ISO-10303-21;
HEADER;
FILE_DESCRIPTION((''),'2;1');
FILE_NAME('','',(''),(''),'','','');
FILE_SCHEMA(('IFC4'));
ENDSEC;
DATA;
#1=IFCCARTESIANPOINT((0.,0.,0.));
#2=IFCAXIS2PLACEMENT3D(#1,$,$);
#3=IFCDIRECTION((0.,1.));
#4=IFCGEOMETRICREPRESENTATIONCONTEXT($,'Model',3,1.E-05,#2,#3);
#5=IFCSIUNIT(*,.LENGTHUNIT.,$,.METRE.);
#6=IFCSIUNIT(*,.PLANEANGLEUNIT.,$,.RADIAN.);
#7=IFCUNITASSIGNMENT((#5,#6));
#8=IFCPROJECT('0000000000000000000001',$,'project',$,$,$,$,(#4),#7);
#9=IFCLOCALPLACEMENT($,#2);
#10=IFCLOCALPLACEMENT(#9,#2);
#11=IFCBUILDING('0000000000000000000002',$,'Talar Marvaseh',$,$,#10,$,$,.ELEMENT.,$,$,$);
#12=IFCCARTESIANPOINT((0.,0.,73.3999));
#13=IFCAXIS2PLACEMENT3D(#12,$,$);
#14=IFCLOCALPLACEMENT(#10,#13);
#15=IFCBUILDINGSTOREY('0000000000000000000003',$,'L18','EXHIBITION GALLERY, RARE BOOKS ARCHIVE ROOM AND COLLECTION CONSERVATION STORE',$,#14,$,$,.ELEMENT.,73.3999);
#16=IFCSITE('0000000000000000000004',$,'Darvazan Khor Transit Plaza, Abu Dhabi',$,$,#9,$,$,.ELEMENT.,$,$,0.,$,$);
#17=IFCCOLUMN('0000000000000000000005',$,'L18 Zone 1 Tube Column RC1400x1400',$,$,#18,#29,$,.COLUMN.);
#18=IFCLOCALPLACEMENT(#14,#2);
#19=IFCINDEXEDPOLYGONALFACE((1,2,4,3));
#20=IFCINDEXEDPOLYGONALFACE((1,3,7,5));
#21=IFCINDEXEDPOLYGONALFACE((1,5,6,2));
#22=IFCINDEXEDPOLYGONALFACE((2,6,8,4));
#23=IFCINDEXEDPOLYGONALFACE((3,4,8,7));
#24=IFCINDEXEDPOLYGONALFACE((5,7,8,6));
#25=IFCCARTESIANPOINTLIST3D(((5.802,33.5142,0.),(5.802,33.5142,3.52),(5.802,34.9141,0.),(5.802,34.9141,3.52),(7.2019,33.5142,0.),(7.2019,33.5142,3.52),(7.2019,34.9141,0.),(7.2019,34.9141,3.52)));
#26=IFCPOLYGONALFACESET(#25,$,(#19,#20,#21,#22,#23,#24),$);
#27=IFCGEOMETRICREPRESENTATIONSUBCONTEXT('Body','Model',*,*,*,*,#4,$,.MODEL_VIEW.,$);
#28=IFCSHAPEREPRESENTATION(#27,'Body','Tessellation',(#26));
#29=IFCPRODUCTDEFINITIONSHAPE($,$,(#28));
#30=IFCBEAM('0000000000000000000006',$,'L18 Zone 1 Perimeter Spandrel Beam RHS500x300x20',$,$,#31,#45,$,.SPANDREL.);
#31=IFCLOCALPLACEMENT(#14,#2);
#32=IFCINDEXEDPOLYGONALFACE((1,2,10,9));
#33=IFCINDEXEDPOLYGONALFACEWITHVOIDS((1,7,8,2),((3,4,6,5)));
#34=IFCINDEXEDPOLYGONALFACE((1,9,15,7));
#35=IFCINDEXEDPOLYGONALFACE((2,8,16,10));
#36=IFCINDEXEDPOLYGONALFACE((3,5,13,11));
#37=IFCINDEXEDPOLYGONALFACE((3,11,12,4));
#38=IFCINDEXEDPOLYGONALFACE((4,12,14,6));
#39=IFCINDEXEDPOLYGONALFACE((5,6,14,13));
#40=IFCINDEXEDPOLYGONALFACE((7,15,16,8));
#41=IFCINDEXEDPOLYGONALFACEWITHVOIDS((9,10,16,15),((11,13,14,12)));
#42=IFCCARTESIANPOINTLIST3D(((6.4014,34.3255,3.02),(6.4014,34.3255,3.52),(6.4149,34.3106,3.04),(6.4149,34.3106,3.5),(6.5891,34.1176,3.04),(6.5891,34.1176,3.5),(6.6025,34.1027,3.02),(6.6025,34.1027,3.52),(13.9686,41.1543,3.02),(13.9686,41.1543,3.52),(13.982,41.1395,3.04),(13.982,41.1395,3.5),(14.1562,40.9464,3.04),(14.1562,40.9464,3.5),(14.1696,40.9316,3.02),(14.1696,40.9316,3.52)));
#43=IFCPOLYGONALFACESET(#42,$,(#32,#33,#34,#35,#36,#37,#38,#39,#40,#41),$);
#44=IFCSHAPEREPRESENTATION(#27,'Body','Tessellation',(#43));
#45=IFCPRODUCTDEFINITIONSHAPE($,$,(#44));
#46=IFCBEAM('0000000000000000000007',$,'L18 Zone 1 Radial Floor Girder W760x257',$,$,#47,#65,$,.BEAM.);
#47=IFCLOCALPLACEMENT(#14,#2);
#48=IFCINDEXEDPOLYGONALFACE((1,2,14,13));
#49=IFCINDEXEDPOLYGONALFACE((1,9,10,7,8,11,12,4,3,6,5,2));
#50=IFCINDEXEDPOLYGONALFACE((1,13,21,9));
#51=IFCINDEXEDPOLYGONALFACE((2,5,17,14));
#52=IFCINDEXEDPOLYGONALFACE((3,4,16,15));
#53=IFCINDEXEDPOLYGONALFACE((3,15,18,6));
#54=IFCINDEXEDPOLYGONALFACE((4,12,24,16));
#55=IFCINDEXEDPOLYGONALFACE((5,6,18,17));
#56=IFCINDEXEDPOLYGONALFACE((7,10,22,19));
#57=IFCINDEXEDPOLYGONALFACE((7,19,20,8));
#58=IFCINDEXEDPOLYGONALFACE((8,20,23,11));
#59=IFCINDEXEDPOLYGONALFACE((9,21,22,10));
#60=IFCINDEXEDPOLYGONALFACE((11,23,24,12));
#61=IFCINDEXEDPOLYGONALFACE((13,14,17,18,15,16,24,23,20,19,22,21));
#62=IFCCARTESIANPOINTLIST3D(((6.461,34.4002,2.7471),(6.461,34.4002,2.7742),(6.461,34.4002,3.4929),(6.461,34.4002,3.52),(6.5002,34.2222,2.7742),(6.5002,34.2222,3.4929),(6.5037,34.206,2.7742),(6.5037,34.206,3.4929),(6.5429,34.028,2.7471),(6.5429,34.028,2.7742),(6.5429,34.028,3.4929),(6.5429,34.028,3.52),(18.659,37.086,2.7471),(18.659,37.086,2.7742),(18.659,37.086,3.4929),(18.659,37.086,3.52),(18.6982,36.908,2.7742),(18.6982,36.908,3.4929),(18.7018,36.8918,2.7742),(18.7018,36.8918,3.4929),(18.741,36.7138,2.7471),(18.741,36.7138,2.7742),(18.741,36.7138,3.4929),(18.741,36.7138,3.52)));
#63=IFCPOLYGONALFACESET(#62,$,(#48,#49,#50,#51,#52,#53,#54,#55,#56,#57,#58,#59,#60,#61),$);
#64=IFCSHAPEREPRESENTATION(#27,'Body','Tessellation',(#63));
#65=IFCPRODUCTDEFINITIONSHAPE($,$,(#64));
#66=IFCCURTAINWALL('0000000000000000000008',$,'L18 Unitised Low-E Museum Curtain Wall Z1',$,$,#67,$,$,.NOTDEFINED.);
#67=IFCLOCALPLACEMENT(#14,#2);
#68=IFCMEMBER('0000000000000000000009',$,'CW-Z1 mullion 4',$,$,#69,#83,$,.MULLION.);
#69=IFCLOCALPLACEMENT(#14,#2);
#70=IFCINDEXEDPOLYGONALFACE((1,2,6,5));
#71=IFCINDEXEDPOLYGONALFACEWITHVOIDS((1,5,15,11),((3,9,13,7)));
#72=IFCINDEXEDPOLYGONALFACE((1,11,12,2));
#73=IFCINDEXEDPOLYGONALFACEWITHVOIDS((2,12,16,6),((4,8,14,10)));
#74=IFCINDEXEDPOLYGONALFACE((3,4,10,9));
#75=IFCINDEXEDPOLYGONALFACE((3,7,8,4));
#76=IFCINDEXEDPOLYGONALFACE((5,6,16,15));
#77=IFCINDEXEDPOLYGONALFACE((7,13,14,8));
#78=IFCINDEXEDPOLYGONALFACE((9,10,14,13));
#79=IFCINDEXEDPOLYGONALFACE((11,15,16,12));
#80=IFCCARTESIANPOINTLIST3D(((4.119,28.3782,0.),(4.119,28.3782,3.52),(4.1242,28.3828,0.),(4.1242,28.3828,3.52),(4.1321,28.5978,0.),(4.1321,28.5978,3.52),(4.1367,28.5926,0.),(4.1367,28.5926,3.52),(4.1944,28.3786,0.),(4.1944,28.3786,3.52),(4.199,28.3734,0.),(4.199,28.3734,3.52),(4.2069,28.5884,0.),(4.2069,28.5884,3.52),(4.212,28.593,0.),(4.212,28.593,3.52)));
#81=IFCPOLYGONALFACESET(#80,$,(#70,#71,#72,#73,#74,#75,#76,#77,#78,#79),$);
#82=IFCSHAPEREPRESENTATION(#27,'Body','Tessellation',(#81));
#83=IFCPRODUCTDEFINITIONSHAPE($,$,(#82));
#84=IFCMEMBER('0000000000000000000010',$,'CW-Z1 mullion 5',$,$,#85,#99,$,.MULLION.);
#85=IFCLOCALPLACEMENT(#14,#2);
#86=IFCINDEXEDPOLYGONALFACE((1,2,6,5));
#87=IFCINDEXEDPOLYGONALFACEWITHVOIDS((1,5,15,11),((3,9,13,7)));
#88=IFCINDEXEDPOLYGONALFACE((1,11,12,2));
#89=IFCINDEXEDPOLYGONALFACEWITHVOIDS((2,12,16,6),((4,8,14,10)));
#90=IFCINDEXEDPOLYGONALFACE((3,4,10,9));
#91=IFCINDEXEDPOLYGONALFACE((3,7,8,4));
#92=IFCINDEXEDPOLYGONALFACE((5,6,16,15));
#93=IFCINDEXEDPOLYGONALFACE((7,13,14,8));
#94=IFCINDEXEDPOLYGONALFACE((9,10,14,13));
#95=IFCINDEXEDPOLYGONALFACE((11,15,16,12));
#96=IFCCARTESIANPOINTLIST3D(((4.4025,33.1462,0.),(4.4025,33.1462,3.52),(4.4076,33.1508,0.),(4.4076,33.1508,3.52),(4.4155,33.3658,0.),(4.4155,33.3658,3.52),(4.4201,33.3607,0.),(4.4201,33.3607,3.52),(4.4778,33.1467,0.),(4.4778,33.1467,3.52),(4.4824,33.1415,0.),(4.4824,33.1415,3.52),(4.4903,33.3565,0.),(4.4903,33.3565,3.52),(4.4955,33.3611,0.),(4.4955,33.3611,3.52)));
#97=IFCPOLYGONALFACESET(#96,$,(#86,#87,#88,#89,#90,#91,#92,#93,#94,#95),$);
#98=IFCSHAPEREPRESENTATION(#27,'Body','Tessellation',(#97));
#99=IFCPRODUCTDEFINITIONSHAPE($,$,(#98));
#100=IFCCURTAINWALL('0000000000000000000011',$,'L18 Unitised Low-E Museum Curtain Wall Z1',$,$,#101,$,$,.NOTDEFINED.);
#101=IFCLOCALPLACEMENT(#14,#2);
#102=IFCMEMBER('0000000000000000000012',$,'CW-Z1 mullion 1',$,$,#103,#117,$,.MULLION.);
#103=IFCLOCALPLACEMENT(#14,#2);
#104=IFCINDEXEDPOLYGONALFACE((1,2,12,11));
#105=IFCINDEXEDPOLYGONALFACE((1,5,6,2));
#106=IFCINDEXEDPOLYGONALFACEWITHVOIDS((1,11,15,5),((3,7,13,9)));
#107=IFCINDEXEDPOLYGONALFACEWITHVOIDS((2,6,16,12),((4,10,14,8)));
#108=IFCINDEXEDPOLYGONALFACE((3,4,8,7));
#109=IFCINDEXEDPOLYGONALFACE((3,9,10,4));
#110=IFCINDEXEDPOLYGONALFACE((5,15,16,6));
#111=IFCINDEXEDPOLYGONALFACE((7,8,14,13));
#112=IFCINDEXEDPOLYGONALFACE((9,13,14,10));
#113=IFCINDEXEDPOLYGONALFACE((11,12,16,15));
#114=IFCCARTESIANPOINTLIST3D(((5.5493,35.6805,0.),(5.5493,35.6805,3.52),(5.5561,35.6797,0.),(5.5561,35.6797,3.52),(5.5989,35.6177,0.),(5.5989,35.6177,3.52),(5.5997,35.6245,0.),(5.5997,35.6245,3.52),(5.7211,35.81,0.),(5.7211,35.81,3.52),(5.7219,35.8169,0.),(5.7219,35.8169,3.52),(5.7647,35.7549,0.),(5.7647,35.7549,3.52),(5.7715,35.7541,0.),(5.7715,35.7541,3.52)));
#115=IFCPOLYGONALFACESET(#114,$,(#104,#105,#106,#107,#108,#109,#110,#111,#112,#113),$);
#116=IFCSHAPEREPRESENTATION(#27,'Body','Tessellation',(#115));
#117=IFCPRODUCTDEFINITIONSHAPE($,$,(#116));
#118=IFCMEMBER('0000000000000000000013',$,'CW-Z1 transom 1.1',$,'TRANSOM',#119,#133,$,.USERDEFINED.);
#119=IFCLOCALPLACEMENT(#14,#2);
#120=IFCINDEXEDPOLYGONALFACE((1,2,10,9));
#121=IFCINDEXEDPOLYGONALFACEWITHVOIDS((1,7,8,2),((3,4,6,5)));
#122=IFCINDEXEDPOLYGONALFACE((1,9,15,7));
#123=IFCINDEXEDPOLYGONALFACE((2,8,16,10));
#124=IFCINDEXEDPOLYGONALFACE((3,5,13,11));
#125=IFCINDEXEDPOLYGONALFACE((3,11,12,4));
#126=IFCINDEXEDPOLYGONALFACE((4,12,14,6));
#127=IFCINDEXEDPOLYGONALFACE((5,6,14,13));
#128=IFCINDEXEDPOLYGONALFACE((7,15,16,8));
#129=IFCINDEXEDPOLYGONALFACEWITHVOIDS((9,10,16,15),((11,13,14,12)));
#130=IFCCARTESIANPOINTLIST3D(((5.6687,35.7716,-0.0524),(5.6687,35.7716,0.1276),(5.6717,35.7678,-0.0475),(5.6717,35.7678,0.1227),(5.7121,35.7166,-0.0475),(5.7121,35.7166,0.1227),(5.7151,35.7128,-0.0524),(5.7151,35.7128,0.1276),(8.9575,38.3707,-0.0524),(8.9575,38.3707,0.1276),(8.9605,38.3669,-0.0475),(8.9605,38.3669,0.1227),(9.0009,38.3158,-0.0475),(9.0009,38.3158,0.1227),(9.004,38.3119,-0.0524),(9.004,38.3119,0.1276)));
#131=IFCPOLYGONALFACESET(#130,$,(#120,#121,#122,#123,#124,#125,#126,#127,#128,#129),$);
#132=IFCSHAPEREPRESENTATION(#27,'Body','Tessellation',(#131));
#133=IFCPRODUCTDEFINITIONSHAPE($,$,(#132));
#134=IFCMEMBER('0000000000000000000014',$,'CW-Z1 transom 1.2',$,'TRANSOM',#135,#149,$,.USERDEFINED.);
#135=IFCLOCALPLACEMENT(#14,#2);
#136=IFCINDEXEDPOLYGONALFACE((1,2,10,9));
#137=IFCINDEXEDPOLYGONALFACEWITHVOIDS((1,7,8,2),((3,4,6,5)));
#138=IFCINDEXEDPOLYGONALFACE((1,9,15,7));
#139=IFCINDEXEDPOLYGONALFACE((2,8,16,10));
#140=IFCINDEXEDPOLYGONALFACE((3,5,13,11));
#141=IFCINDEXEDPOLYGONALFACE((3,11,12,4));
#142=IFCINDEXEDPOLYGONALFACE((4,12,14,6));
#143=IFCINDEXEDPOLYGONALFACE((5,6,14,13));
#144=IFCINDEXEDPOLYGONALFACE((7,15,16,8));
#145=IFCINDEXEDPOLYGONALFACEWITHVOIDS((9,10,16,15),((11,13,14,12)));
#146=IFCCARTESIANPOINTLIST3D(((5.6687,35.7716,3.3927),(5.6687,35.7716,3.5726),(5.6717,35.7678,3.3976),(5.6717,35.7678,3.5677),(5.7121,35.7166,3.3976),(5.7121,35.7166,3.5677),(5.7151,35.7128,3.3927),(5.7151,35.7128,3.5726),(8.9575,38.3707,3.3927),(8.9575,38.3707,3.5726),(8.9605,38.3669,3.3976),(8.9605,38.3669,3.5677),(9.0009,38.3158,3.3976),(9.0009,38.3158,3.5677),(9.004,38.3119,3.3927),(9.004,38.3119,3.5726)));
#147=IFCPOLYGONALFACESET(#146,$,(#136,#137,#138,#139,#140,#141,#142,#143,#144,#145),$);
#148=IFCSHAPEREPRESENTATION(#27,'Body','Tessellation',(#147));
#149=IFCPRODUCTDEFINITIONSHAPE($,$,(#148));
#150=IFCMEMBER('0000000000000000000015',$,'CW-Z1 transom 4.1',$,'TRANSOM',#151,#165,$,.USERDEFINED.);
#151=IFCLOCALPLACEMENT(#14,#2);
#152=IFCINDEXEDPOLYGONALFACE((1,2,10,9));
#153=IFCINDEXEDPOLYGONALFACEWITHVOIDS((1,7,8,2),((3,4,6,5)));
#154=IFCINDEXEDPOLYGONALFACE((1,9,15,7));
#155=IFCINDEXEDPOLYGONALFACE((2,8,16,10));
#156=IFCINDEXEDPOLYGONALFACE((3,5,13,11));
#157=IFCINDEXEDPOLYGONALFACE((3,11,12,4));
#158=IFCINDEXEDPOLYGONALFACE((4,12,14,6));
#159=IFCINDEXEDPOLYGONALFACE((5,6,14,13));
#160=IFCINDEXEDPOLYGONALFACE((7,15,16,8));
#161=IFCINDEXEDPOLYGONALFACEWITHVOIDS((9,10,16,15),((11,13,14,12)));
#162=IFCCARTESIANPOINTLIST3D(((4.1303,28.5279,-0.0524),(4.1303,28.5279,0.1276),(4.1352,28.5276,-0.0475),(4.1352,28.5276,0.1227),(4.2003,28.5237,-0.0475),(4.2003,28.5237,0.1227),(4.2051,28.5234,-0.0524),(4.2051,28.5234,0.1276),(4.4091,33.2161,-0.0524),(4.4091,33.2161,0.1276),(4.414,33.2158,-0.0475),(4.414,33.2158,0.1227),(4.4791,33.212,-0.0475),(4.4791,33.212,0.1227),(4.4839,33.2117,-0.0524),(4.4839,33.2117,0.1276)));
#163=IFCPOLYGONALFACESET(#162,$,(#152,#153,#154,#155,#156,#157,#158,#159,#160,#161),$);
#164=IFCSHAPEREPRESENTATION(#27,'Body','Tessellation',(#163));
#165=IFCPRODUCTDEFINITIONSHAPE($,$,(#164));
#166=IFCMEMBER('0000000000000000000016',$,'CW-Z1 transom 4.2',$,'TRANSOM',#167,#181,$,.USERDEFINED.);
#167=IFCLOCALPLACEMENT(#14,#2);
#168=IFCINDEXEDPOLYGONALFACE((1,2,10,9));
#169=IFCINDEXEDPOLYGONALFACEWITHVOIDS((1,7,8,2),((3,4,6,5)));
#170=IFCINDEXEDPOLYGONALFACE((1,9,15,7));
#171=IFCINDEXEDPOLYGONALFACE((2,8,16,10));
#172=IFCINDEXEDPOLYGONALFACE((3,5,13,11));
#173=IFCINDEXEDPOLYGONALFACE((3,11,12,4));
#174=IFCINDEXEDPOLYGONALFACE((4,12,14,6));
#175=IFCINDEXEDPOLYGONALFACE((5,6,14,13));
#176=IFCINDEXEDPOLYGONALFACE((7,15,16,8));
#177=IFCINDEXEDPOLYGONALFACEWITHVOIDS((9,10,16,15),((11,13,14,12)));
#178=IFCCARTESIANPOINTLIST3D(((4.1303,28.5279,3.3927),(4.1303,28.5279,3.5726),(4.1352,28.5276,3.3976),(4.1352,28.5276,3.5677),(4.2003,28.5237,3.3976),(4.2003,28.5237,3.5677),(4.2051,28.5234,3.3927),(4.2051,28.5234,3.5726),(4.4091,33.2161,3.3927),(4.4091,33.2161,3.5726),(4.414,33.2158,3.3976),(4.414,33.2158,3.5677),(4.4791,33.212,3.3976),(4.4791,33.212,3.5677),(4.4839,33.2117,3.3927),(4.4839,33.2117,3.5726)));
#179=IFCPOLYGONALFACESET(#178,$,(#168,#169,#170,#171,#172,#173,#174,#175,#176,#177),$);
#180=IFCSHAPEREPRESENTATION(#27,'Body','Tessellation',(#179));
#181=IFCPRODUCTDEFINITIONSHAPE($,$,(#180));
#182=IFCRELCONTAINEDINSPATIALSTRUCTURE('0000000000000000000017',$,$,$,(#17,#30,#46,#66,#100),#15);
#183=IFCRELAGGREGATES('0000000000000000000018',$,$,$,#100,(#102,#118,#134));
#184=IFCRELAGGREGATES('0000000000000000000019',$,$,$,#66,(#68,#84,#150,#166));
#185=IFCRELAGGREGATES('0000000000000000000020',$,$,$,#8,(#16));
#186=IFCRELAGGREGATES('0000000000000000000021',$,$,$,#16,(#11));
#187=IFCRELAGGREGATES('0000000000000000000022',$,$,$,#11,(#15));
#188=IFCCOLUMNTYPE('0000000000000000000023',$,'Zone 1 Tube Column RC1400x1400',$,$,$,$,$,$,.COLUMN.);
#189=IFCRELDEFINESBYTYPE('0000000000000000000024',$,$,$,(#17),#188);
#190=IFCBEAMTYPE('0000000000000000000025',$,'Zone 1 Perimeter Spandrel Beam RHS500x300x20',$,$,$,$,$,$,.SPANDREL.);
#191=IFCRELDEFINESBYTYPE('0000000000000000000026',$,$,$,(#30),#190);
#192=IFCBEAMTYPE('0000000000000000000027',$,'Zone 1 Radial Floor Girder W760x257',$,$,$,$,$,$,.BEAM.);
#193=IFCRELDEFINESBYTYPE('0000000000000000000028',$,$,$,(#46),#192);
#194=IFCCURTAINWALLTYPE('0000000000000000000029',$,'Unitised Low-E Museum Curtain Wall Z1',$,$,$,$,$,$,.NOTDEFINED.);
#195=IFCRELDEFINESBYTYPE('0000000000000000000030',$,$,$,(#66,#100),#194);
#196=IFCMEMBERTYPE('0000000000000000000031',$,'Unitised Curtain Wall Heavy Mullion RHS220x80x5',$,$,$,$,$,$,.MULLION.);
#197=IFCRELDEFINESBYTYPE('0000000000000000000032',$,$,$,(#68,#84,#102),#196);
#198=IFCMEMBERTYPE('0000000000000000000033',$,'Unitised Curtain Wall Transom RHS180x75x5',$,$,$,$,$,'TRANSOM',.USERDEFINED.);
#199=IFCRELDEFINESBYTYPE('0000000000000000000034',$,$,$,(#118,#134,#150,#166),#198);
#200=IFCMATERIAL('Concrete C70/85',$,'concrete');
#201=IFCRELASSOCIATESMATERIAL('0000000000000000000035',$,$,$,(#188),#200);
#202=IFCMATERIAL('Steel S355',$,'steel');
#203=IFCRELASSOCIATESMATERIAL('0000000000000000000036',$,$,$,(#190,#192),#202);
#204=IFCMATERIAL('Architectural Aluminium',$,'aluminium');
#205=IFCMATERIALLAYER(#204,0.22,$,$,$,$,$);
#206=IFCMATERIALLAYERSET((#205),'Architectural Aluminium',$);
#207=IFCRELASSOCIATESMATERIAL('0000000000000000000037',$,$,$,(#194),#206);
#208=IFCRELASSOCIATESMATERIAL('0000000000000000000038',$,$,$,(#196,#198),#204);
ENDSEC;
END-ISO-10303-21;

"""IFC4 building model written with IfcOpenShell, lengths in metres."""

from ifc_helpers import new_model, si_unit, direction, frame, origin, origin_2d, place, context, subcontext, project, spatial, rectangle, hollow_rectangle, i_section, extrude, source, transform, mapped, material, layer, layer_set, material_profile, profile_set, type_object, type_shapes, element, aggregate, save


model = new_model("IFC4")

# Units and contexts
model_context = context("Model", 3, precision=1e-05, world=origin(), true_north=direction((0.0, 1.0)))
body_context = subcontext(model_context, "Body", "Model", "MODEL_VIEW")
ifc_project = project(units=[si_unit("LENGTHUNIT", "METRE"), si_unit("PLANEANGLEUNIT", "RADIAN")], contexts=[model_context])

# Site, building, storey
site_placement = place(None, origin())
site = spatial("IfcSite", under=ifc_project, at=site_placement, Name="Darvazan Khor Transit Plaza, Abu Dhabi", CompositionType="ELEMENT", RefElevation=0.0)
building_placement = place(site_placement, origin())
building = spatial("IfcBuilding", under=site, at=building_placement, Name="Talar Marvaseh", CompositionType="ELEMENT")
storey_placement = place(building_placement, frame((0.0, 0.0, 73.3999)))
storey = spatial("IfcBuildingStorey", under=building, at=storey_placement, Name="L18", Description="EXHIBITION GALLERY, RARE BOOKS ARCHIVE ROOM AND COLLECTION CONSERVATION STORE", CompositionType="ELEMENT", Elevation=73.3999)

# Column
ifc_material_1 = material(Name="Concrete C70/85", Category="concrete")
ifc_material_profile_1 = material_profile(ifc_material_1, rectangle(XDim=1.3999, YDim=1.3999, at=origin_2d()), Name="RC1400x1400")
ifc_profile_set_1 = profile_set([ifc_material_profile_1], Name="Concrete C70/85")
column_type = type_object("IfcColumnType", Name="Zone 1 Tube Column RC1400x1400", PredefinedType="COLUMN", material=ifc_profile_set_1)
column_placement = place(storey_placement, frame((6.502, 34.2141, 0.0), z_axis=(0.0, 0.0, 1.0), x_axis=(1.0, 0.0, 0.0)))
element("IfcColumn", 1, at=column_placement, inside=storey, type_object=column_type, Name="L18 Zone 1 Tube Column RC1400x1400", PredefinedType="COLUMN", context=body_context, shape_type="SweptSolid", body=[
    extrude(rectangle(XDim=1.3999, YDim=1.3999, at=origin_2d()), origin(), (0.0, 0.0, 1.0), 3.52),
])

# Beams
ifc_material_2 = material(Name="Steel S355", Category="steel")
ifc_material_profile_2 = material_profile(ifc_material_2, hollow_rectangle(XDim=0.3, YDim=0.5, WallThickness=0.02, at=origin_2d()), Name="RHS500x300x20")
ifc_profile_set_2 = profile_set([ifc_material_profile_2], Name="Steel S355")
beam_type_1 = type_object("IfcBeamType", Name="Zone 1 Perimeter Spandrel Beam RHS500x300x20", PredefinedType="SPANDREL", material=ifc_profile_set_2)
beam_1_placement = place(storey_placement, frame((6.502, 34.2141, 3.27), z_axis=(0.742394, 0.669963, 0.0), x_axis=(-0.669963, 0.742394, 0.0)))
element("IfcBeam", 2, at=beam_1_placement, inside=storey, type_object=beam_type_1, Name="L18 Zone 1 Perimeter Spandrel Beam RHS500x300x20", PredefinedType="SPANDREL", context=body_context, shape_type="SweptSolid", body=[
    extrude(hollow_rectangle(XDim=0.3, YDim=0.5, WallThickness=0.02, at=origin_2d()), origin(), (0.0, 0.0, 1.0), 10.1929),
])
ifc_material_profile_3 = material_profile(ifc_material_2, i_section(OverallWidth=0.3811, OverallDepth=0.7729, WebThickness=0.0166, FlangeThickness=0.0271, at=origin_2d()), Name="W760x257")
ifc_profile_set_3 = profile_set([ifc_material_profile_3], Name="Steel S355")
beam_type_2 = type_object("IfcBeamType", Name="Zone 1 Radial Floor Girder W760x257", PredefinedType="BEAM", material=ifc_profile_set_3)
beam_2_placement = place(storey_placement, frame((6.502, 34.2141, 3.1335), z_axis=(0.976607, 0.215032, 0.0), x_axis=(-0.215032, 0.976607, 0.0)))
element("IfcBeam", 3, at=beam_2_placement, inside=storey, type_object=beam_type_2, Name="L18 Zone 1 Radial Floor Girder W760x257", PredefinedType="BEAM", context=body_context, shape_type="SweptSolid", body=[
    extrude(i_section(OverallWidth=0.3811, OverallDepth=0.7729, WebThickness=0.0166, FlangeThickness=0.0271, at=origin_2d()), origin(), (0.0, 0.0, 1.0), 12.4902),
])

# Curtain walls, members
ifc_material_3 = material(Name="Architectural Aluminium", Category="aluminium")
ifc_layer_1 = layer(ifc_material_3, 0.22)
ifc_layer_set_1 = layer_set([ifc_layer_1], Name="Architectural Aluminium")
curtain_wall_type = type_object("IfcCurtainWallType", Name="Unitised Low-E Museum Curtain Wall Z1", PredefinedType="NOTDEFINED", material=ifc_layer_set_1)
curtain_wall_1_placement = place(storey_placement, origin())
curtain_wall_1 = element("IfcCurtainWall", 4, at=curtain_wall_1_placement, inside=storey, type_object=curtain_wall_type, Name="L18 Unitised Low-E Museum Curtain Wall Z1", PredefinedType="NOTDEFINED")
ifc_material_profile_4 = material_profile(ifc_material_3, hollow_rectangle(XDim=0.0801, YDim=0.22, WallThickness=0.0049, at=origin_2d()), Name="RHS220x80x5")
ifc_profile_set_4 = profile_set([ifc_material_profile_4], Name="Architectural Aluminium")
member_type_1 = type_object("IfcMemberType", Name="Unitised Curtain Wall Heavy Mullion RHS220x80x5", PredefinedType="MULLION", material=ifc_profile_set_4)
shared_shape_1 = source(origin(), body_context, "Body", "SweptSolid", [
    extrude(hollow_rectangle(XDim=0.0801, YDim=0.22, WallThickness=0.0049, at=origin_2d()), origin(), (0.0, 0.0, 1.0), 3.52),
])
type_shapes(member_type_1, [shared_shape_1])
member_1_placement = place(storey_placement, frame((4.1655, 28.4856, 0.0), z_axis=(0.0, 0.0, 1.0), x_axis=(-0.998236, 0.059373, 0.0)))
member_1 = element("IfcMember", 5, at=member_1_placement, type_object=member_type_1, Name="CW-Z1 mullion 4", PredefinedType="MULLION", context=body_context, shape_type="MappedRepresentation", body=[
    mapped(shared_shape_1, transform((0.0, 0.0, 0.0), x_axis=(1.0, 0.0, 0.0), y_axis=(0.0, 1.0, 0.0), z_axis=(0.0, 0.0, 1.0), scale=1.0)),
])
member_2_placement = place(storey_placement, frame((4.449, 33.2537, 0.0), z_axis=(0.0, 0.0, 1.0), x_axis=(-0.998236, 0.059373, 0.0)))
member_2 = element("IfcMember", 6, at=member_2_placement, type_object=member_type_1, Name="CW-Z1 mullion 5", PredefinedType="MULLION", context=body_context, shape_type="MappedRepresentation", body=[
    mapped(shared_shape_1, transform((0.0, 0.0, 0.0), x_axis=(1.0, 0.0, 0.0), y_axis=(0.0, 1.0, 0.0), z_axis=(0.0, 0.0, 1.0), scale=1.0)),
])
curtain_wall_2_placement = place(storey_placement, origin())
curtain_wall_2 = element("IfcCurtainWall", 7, at=curtain_wall_2_placement, inside=storey, type_object=curtain_wall_type, Name="L18 Unitised Low-E Museum Curtain Wall Z1", PredefinedType="NOTDEFINED")
member_3_placement = place(storey_placement, frame((5.6604, 35.7173, 0.0), z_axis=(0.0, 0.0, 1.0), x_axis=(-0.620022, 0.784584, 0.0)))
member_3 = element("IfcMember", 8, at=member_3_placement, type_object=member_type_1, Name="CW-Z1 mullion 1", PredefinedType="MULLION", context=body_context, shape_type="MappedRepresentation", body=[
    mapped(shared_shape_1, transform((0.0, 0.0, 0.0), x_axis=(1.0, 0.0, 0.0), y_axis=(0.0, 1.0, 0.0), z_axis=(0.0, 0.0, 1.0), scale=1.0)),
])
ifc_material_profile_5 = material_profile(ifc_material_3, hollow_rectangle(XDim=0.075, YDim=0.1799, WallThickness=0.0049, at=origin_2d()), Name="RHS180x75x5")
ifc_profile_set_5 = profile_set([ifc_material_profile_5], Name="Architectural Aluminium")
member_type_2 = type_object("IfcMemberType", Name="Unitised Curtain Wall Transom RHS180x75x5", ElementType="TRANSOM", PredefinedType="USERDEFINED", material=ifc_profile_set_5)
shared_shape_2 = source(origin(), body_context, "Body", "SweptSolid", [
    extrude(hollow_rectangle(XDim=0.075, YDim=0.1799, WallThickness=0.0049, at=origin_2d()), origin(), (0.0, 0.0, 1.0), 4.1919),
])
member_4_placement = place(storey_placement, frame((5.6919, 35.7422, 0.0376), z_axis=(0.784571, 0.620039, 0.0), x_axis=(-0.620039, 0.784571, 0.0)))
member_4 = element("IfcMember", 9, at=member_4_placement, type_object=member_type_2, Name="CW-Z1 transom 1.1", ObjectType="TRANSOM", PredefinedType="USERDEFINED", context=body_context, shape_type="MappedRepresentation", body=[
    mapped(shared_shape_2, transform((0.0, 0.0, 0.0), x_axis=(1.0, 0.0, 0.0), y_axis=(0.0, 1.0, 0.0), z_axis=(0.0, 0.0, 1.0), scale=1.0)),
])
member_5_placement = place(storey_placement, frame((5.6919, 35.7422, 3.4827), z_axis=(0.784571, 0.620039, 0.0), x_axis=(-0.620039, 0.784571, 0.0)))
member_5 = element("IfcMember", 10, at=member_5_placement, type_object=member_type_2, Name="CW-Z1 transom 1.2", ObjectType="TRANSOM", PredefinedType="USERDEFINED", context=body_context, shape_type="MappedRepresentation", body=[
    mapped(shared_shape_2, transform((0.0, 0.0, 0.0), x_axis=(1.0, 0.0, 0.0), y_axis=(0.0, 1.0, 0.0), z_axis=(0.0, 0.0, 1.0), scale=1.0)),
])
aggregate(curtain_wall_2, [member_3, member_4, member_5])

# Members
shared_shape_3 = source(origin(), body_context, "Body", "SweptSolid", [
    extrude(hollow_rectangle(XDim=0.075, YDim=0.1799, WallThickness=0.0049, at=origin_2d()), origin(), (0.0, 0.0, 1.0), 4.6965),
])
type_shapes(member_type_2, [shared_shape_2, shared_shape_3])
member_6_placement = place(storey_placement, frame((4.1677, 28.5256, 0.0376), z_axis=(0.059365, 0.998236, 0.0), x_axis=(-0.998236, 0.059365, 0.0)))
member_6 = element("IfcMember", 11, at=member_6_placement, type_object=member_type_2, Name="CW-Z1 transom 4.1", ObjectType="TRANSOM", PredefinedType="USERDEFINED", context=body_context, shape_type="MappedRepresentation", body=[
    mapped(shared_shape_3, transform((0.0, 0.0, 0.0), x_axis=(1.0, 0.0, 0.0), y_axis=(0.0, 1.0, 0.0), z_axis=(0.0, 0.0, 1.0), scale=1.0)),
])
member_7_placement = place(storey_placement, frame((4.1677, 28.5256, 3.4827), z_axis=(0.059365, 0.998236, 0.0), x_axis=(-0.998236, 0.059365, 0.0)))
member_7 = element("IfcMember", 12, at=member_7_placement, type_object=member_type_2, Name="CW-Z1 transom 4.2", ObjectType="TRANSOM", PredefinedType="USERDEFINED", context=body_context, shape_type="MappedRepresentation", body=[
    mapped(shared_shape_3, transform((0.0, 0.0, 0.0), x_axis=(1.0, 0.0, 0.0), y_axis=(0.0, 1.0, 0.0), z_axis=(0.0, 0.0, 1.0), scale=1.0)),
])

aggregate(curtain_wall_1, [member_1, member_2, member_6, member_7])

save(model, "model.ifc")
